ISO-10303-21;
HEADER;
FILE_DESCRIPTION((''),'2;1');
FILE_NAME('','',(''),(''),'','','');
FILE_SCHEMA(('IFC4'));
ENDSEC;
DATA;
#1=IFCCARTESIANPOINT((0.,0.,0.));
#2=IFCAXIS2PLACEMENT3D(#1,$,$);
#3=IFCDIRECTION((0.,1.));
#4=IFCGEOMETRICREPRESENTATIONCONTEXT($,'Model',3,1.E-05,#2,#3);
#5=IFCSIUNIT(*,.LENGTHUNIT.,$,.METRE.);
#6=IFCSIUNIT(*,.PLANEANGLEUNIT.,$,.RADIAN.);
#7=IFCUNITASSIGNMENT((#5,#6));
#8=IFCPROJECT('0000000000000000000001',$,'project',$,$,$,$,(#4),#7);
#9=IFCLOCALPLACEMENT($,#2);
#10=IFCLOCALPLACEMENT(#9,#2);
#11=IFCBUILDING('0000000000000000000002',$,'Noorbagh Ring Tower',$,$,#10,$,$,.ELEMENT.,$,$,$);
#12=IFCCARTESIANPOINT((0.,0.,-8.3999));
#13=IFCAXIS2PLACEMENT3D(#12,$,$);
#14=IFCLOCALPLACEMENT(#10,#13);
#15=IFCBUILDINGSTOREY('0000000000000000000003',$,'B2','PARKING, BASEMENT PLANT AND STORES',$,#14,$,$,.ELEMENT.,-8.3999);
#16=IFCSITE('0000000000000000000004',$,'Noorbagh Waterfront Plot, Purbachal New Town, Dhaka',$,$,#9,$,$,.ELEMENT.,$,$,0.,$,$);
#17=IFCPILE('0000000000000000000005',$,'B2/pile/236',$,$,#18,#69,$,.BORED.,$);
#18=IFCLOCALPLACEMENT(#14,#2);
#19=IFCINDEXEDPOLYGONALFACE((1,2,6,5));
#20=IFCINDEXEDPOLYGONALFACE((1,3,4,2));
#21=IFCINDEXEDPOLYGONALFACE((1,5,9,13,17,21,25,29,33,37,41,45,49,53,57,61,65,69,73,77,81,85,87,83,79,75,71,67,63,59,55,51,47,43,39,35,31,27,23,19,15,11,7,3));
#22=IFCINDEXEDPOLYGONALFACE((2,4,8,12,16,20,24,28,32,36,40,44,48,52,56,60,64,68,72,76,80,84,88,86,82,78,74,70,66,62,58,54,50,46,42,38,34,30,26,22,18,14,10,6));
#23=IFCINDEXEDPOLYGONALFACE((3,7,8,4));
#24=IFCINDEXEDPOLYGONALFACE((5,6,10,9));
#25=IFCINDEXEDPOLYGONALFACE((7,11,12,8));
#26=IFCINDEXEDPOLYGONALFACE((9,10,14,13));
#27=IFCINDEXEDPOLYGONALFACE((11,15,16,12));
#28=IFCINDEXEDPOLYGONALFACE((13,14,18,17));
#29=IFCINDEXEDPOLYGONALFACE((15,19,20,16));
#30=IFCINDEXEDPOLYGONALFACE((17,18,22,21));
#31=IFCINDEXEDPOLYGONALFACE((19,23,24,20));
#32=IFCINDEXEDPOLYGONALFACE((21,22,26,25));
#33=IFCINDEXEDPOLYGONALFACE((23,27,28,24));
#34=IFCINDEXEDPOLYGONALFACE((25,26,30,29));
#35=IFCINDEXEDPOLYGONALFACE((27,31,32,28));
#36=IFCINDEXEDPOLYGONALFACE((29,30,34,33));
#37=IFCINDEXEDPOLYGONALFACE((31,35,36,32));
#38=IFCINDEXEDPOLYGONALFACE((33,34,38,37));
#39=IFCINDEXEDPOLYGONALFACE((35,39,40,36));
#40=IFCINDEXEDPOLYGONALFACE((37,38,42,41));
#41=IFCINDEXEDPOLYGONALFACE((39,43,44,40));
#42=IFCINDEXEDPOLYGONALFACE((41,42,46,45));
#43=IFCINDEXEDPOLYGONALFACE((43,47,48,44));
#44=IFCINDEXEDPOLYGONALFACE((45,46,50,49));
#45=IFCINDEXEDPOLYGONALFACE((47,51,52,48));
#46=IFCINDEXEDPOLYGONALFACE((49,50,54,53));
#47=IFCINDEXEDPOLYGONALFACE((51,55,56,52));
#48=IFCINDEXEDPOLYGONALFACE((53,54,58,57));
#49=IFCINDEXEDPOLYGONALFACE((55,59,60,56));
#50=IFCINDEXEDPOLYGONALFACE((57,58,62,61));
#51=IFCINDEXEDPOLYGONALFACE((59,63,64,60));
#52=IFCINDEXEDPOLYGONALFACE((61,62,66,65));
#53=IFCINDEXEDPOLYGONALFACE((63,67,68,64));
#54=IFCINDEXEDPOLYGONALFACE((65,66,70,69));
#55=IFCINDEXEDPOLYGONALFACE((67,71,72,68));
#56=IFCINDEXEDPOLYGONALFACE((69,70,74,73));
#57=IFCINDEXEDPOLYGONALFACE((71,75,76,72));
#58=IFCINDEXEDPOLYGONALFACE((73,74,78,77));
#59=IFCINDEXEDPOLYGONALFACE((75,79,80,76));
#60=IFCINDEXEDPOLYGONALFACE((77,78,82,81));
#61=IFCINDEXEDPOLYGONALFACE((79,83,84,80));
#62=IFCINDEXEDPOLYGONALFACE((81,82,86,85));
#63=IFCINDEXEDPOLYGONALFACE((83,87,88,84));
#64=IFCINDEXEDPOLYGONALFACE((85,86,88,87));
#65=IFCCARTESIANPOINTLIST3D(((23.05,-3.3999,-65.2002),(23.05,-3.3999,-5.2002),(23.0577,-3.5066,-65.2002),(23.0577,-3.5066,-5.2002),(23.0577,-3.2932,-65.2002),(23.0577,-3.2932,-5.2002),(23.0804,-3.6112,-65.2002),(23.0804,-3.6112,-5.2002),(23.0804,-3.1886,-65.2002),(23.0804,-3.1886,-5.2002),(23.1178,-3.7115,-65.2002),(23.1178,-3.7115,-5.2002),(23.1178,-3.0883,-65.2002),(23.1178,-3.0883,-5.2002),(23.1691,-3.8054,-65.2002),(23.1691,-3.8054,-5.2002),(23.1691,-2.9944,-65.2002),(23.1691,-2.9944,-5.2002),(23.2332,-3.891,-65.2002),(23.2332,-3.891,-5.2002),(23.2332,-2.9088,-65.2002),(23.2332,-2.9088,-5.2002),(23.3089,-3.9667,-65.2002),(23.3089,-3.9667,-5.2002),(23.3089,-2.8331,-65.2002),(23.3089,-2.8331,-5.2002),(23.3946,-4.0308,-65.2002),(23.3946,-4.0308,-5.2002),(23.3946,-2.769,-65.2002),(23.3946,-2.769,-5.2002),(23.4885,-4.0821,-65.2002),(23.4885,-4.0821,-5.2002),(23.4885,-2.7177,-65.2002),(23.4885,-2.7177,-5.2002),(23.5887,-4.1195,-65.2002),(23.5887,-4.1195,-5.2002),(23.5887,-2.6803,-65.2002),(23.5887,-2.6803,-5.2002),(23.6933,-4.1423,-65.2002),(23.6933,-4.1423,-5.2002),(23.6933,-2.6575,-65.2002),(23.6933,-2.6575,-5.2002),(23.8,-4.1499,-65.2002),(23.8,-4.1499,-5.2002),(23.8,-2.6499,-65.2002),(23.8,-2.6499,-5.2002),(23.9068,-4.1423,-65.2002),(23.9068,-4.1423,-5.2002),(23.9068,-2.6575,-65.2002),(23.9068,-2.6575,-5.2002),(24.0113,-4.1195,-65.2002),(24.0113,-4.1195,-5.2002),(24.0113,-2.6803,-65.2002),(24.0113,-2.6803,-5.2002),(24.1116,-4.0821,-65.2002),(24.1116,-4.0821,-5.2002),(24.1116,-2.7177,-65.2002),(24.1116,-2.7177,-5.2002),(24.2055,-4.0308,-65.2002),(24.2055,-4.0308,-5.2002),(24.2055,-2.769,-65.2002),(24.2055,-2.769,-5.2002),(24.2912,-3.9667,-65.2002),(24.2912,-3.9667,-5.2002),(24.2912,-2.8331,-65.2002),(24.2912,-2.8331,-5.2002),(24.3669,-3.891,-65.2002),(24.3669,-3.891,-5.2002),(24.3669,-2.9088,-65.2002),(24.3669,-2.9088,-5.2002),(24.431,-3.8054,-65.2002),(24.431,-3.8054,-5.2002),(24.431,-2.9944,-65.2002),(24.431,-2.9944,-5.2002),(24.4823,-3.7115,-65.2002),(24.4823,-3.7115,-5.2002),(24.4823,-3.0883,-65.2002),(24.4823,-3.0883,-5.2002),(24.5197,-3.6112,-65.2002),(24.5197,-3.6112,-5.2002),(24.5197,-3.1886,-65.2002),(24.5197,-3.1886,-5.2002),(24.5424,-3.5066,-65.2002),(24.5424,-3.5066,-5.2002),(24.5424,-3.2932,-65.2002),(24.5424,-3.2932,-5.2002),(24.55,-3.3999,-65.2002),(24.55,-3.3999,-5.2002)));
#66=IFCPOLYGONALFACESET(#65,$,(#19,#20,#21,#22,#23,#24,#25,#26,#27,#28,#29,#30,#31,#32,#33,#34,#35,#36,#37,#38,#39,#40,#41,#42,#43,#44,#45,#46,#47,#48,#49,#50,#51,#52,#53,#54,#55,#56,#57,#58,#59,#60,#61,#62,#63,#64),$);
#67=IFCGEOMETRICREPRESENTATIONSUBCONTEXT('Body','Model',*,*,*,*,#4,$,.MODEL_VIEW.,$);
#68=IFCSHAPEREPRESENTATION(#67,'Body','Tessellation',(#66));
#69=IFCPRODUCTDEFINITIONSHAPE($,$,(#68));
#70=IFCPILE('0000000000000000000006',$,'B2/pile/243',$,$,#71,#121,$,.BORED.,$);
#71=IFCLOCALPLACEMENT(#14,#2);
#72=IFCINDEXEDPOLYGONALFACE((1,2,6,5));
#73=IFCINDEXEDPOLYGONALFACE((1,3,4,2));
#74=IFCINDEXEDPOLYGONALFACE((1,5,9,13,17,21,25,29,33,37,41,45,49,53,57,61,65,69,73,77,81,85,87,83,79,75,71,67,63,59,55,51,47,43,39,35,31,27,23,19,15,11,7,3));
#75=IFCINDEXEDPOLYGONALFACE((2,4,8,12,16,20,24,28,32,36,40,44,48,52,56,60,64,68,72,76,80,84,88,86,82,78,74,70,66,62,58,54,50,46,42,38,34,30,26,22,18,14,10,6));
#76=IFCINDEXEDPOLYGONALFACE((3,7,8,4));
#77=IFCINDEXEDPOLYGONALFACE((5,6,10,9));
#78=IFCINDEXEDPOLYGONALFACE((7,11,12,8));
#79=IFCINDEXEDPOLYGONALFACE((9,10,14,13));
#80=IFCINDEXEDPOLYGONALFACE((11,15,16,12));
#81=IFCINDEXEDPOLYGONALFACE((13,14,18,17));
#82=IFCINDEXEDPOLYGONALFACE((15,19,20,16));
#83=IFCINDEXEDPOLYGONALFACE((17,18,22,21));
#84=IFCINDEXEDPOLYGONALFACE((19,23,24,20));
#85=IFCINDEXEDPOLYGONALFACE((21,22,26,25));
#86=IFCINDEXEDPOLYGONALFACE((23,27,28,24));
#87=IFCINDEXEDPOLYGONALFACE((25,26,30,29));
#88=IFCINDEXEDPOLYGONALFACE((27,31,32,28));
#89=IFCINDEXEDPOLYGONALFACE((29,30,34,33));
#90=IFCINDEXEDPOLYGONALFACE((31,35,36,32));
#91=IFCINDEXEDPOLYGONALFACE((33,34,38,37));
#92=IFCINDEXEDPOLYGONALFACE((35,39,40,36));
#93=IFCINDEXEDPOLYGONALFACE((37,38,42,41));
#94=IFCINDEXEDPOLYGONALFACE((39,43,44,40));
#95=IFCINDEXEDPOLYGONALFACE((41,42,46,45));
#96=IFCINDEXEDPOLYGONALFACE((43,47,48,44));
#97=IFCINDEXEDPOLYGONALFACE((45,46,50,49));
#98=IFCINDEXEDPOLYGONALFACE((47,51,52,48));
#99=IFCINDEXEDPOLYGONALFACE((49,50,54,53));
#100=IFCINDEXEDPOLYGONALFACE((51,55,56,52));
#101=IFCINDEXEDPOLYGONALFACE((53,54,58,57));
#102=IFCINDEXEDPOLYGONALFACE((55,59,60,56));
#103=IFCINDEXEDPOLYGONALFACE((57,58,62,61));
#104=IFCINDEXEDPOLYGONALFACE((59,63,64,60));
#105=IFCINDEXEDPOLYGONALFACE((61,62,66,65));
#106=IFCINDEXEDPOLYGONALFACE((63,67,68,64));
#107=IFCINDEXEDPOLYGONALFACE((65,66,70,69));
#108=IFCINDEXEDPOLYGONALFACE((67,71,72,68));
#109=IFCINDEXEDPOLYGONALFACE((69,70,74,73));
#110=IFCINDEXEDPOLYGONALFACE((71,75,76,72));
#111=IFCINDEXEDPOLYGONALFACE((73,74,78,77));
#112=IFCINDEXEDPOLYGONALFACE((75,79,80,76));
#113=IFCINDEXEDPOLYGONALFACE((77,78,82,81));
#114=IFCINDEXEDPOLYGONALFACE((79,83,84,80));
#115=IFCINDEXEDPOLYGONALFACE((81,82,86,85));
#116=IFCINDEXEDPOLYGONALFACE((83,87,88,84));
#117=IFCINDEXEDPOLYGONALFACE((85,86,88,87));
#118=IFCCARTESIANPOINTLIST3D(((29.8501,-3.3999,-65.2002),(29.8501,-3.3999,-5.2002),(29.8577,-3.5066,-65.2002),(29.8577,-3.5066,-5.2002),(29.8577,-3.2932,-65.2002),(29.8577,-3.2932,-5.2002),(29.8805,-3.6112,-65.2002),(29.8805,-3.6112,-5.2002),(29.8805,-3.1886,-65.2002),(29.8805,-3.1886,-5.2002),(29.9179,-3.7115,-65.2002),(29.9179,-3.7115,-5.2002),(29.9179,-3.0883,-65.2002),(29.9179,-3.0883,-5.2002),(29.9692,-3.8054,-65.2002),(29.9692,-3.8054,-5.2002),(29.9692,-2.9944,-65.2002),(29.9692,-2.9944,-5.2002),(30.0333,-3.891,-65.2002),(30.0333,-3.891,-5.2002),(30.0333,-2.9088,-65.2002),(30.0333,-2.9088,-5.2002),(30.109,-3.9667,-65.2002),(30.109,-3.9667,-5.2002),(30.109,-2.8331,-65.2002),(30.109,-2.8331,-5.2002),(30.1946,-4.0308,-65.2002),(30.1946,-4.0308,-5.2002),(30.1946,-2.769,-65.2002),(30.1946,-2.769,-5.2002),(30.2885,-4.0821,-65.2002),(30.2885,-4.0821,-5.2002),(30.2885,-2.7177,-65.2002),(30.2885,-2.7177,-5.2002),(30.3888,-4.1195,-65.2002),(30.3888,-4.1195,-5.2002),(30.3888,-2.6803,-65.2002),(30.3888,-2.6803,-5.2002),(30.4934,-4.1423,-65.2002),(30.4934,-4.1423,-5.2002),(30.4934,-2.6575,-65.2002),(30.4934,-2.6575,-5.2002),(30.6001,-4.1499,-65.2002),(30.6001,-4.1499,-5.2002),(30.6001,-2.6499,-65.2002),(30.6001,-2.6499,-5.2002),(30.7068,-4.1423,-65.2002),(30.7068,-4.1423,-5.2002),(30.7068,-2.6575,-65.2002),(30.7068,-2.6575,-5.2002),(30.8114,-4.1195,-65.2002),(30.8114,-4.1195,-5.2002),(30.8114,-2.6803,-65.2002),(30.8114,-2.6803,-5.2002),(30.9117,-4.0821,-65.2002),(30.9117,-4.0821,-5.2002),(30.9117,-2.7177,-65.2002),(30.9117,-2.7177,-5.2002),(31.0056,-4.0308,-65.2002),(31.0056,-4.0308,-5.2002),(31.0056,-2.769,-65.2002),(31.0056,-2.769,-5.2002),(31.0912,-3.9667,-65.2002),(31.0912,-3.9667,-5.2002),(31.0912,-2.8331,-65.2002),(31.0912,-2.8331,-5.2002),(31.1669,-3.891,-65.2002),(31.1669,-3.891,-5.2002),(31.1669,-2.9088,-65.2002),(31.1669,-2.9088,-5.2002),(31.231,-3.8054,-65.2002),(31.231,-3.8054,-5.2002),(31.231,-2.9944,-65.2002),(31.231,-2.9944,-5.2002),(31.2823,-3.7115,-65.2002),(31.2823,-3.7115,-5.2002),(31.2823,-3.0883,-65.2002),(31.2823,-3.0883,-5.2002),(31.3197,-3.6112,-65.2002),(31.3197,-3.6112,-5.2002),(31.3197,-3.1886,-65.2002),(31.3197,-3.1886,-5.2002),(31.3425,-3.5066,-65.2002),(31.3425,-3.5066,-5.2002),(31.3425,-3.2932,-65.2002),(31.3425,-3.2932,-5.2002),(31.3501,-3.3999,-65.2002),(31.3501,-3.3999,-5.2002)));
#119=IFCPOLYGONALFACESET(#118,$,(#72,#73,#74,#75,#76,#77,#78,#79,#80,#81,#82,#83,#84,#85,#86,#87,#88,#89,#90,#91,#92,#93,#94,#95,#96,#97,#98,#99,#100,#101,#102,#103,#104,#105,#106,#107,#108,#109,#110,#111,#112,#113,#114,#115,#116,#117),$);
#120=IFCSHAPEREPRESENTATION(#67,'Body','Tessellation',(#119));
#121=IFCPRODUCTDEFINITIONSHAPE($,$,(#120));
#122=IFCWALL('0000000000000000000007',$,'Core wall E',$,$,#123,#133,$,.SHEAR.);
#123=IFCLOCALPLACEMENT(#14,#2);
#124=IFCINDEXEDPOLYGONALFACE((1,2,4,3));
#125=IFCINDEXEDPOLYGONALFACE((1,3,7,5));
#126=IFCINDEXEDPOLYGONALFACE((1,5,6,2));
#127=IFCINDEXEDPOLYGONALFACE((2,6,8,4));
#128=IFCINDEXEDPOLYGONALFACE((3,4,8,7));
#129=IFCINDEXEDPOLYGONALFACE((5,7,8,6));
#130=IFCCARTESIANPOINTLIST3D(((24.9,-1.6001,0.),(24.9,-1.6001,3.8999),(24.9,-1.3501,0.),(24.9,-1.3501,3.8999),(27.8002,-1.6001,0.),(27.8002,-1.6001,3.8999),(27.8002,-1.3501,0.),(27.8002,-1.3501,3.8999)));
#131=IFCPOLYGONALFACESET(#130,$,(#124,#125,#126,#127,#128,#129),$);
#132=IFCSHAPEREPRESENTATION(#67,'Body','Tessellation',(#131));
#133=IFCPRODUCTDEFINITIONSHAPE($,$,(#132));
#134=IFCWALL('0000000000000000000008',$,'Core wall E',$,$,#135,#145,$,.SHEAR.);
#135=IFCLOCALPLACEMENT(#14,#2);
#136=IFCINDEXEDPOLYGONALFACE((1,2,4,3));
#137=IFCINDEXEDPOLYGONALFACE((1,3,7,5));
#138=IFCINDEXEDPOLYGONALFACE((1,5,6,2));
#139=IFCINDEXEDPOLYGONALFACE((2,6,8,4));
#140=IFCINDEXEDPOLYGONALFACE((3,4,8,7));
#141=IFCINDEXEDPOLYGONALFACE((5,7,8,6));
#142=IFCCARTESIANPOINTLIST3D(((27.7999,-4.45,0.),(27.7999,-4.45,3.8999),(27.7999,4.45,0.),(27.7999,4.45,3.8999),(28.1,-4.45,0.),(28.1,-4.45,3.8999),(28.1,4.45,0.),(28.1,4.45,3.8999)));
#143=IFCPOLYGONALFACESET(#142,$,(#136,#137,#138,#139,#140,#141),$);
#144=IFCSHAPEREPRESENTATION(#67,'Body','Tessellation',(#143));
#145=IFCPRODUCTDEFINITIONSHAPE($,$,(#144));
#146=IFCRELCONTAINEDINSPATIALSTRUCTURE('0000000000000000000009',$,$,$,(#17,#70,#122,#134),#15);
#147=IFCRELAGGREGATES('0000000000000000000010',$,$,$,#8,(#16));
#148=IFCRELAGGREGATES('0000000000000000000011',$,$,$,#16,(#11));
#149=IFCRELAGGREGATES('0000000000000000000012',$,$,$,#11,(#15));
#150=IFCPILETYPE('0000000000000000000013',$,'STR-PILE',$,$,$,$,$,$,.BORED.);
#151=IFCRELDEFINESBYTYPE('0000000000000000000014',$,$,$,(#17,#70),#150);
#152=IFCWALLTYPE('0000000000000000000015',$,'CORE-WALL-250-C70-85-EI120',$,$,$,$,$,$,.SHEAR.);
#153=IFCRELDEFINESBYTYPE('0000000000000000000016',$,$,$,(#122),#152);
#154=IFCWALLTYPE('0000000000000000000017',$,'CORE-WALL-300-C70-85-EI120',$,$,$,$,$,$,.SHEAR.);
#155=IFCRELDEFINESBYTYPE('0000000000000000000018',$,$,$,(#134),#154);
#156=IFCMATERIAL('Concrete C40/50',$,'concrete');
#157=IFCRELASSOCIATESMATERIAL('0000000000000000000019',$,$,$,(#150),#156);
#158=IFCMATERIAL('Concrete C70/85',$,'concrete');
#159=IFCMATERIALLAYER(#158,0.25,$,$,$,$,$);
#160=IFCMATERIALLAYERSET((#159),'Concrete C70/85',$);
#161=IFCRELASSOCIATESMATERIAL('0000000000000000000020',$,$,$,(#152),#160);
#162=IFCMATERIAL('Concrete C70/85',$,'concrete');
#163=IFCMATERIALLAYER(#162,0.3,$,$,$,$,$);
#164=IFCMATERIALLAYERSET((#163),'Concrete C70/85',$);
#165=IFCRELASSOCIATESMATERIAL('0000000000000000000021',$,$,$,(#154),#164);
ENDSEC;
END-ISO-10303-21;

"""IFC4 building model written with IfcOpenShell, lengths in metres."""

from ifc_helpers import new_model, si_unit, direction, frame, frame_2d, origin, origin_2d, place, context, subcontext, project, spatial, rectangle, circle, extrude, material, layer, layer_set, material_profile, profile_set, type_object, element, save


model = new_model("IFC4")

# Units and contexts
model_context = context("Model", 3, precision=1e-05, world=origin(), true_north=direction((0.0, 1.0)))
body_context = subcontext(model_context, "Body", "Model", "MODEL_VIEW")
ifc_project = project(units=[si_unit("LENGTHUNIT", "METRE"), si_unit("PLANEANGLEUNIT", "RADIAN")], contexts=[model_context])

# Site, building, storey
site_placement = place(None, origin())
site = spatial("IfcSite", under=ifc_project, at=site_placement, Name="Noorbagh Waterfront Plot, Purbachal New Town, Dhaka", CompositionType="ELEMENT", RefElevation=0.0)
building_placement = place(site_placement, origin())
building = spatial("IfcBuilding", under=site, at=building_placement, Name="Noorbagh Ring Tower", CompositionType="ELEMENT")
storey_placement = place(building_placement, frame((0.0, 0.0, -8.3999)))
storey = spatial("IfcBuildingStorey", under=building, at=storey_placement, Name="B2", Description="PARKING, BASEMENT PLANT AND STORES", CompositionType="ELEMENT", Elevation=-8.3999)

# Piles
ifc_material_1 = material(Name="Concrete C40/50", Category="concrete")
ifc_material_profile = material_profile(ifc_material_1, circle(Radius=0.75, at=origin_2d()), Name="PILE1500")
ifc_profile_set = profile_set([ifc_material_profile], Name="Concrete C40/50")
pile_type = type_object("IfcPileType", Name="STR-PILE", PredefinedType="BORED", material=ifc_profile_set)
for number, where, z_axis, x_axis, name in (
    (1, (23.8, -3.3999, -5.2002), (0.0, 0.0, -1.0), (1.0, 0.0, 0.0), "B2/pile/236"),
    (2, (30.6001, -3.3999, -5.2002), (0.0, 0.0, -1.0), (1.0, 0.0, 0.0), "B2/pile/243"),
):
    element("IfcPile", number, at=place(storey_placement, frame(where, z_axis=z_axis, x_axis=x_axis)), inside=storey, type_object=pile_type, Name=name, PredefinedType="BORED", context=body_context, shape_type="SweptSolid", body=[
        extrude(circle(Radius=0.75, at=origin_2d()), origin(), (0.0, 0.0, 1.0), 60.0),
    ])

# Walls
ifc_material_2 = material(Name="Concrete C70/85", Category="concrete")
ifc_layer_1 = layer(ifc_material_2, 0.25)
ifc_layer_set_1 = layer_set([ifc_layer_1], Name="Concrete C70/85")
wall_type_1 = type_object("IfcWallType", Name="CORE-WALL-250-C70-85-EI120", PredefinedType="SHEAR", material=ifc_layer_set_1)
wall_1_placement = place(storey_placement, frame((24.8999, -1.4751, 0.0), z_axis=(0.0, 0.0, 1.0), x_axis=(1.0, 0.0, 0.0)))
element("IfcWall", 3, at=wall_1_placement, inside=storey, type_object=wall_type_1, Name="Core wall E", PredefinedType="SHEAR", context=body_context, shape_type="SweptSolid", body=[
    extrude(rectangle(XDim=2.9001, YDim=0.25, at=frame_2d((1.4502, 0.0))), origin(), (0.0, 0.0, 1.0), 3.8999),
])
ifc_material_3 = material(Name="Concrete C70/85", Category="concrete")
ifc_layer_2 = layer(ifc_material_3, 0.3)
ifc_layer_set_2 = layer_set([ifc_layer_2], Name="Concrete C70/85")
wall_type_2 = type_object("IfcWallType", Name="CORE-WALL-300-C70-85-EI120", PredefinedType="SHEAR", material=ifc_layer_set_2)
wall_2_placement = place(storey_placement, frame((27.95, -4.45, 0.0), z_axis=(0.0, 0.0, 1.0), x_axis=(0.0, 1.0, 0.0)))
element("IfcWall", 4, at=wall_2_placement, inside=storey, type_object=wall_type_2, Name="Core wall E", PredefinedType="SHEAR", context=body_context, shape_type="SweptSolid", body=[
    extrude(rectangle(XDim=8.8999, YDim=0.3, at=frame_2d((4.45, 0.0))), origin(), (0.0, 0.0, 1.0), 3.8999),
])

save(model, "model.ifc")
